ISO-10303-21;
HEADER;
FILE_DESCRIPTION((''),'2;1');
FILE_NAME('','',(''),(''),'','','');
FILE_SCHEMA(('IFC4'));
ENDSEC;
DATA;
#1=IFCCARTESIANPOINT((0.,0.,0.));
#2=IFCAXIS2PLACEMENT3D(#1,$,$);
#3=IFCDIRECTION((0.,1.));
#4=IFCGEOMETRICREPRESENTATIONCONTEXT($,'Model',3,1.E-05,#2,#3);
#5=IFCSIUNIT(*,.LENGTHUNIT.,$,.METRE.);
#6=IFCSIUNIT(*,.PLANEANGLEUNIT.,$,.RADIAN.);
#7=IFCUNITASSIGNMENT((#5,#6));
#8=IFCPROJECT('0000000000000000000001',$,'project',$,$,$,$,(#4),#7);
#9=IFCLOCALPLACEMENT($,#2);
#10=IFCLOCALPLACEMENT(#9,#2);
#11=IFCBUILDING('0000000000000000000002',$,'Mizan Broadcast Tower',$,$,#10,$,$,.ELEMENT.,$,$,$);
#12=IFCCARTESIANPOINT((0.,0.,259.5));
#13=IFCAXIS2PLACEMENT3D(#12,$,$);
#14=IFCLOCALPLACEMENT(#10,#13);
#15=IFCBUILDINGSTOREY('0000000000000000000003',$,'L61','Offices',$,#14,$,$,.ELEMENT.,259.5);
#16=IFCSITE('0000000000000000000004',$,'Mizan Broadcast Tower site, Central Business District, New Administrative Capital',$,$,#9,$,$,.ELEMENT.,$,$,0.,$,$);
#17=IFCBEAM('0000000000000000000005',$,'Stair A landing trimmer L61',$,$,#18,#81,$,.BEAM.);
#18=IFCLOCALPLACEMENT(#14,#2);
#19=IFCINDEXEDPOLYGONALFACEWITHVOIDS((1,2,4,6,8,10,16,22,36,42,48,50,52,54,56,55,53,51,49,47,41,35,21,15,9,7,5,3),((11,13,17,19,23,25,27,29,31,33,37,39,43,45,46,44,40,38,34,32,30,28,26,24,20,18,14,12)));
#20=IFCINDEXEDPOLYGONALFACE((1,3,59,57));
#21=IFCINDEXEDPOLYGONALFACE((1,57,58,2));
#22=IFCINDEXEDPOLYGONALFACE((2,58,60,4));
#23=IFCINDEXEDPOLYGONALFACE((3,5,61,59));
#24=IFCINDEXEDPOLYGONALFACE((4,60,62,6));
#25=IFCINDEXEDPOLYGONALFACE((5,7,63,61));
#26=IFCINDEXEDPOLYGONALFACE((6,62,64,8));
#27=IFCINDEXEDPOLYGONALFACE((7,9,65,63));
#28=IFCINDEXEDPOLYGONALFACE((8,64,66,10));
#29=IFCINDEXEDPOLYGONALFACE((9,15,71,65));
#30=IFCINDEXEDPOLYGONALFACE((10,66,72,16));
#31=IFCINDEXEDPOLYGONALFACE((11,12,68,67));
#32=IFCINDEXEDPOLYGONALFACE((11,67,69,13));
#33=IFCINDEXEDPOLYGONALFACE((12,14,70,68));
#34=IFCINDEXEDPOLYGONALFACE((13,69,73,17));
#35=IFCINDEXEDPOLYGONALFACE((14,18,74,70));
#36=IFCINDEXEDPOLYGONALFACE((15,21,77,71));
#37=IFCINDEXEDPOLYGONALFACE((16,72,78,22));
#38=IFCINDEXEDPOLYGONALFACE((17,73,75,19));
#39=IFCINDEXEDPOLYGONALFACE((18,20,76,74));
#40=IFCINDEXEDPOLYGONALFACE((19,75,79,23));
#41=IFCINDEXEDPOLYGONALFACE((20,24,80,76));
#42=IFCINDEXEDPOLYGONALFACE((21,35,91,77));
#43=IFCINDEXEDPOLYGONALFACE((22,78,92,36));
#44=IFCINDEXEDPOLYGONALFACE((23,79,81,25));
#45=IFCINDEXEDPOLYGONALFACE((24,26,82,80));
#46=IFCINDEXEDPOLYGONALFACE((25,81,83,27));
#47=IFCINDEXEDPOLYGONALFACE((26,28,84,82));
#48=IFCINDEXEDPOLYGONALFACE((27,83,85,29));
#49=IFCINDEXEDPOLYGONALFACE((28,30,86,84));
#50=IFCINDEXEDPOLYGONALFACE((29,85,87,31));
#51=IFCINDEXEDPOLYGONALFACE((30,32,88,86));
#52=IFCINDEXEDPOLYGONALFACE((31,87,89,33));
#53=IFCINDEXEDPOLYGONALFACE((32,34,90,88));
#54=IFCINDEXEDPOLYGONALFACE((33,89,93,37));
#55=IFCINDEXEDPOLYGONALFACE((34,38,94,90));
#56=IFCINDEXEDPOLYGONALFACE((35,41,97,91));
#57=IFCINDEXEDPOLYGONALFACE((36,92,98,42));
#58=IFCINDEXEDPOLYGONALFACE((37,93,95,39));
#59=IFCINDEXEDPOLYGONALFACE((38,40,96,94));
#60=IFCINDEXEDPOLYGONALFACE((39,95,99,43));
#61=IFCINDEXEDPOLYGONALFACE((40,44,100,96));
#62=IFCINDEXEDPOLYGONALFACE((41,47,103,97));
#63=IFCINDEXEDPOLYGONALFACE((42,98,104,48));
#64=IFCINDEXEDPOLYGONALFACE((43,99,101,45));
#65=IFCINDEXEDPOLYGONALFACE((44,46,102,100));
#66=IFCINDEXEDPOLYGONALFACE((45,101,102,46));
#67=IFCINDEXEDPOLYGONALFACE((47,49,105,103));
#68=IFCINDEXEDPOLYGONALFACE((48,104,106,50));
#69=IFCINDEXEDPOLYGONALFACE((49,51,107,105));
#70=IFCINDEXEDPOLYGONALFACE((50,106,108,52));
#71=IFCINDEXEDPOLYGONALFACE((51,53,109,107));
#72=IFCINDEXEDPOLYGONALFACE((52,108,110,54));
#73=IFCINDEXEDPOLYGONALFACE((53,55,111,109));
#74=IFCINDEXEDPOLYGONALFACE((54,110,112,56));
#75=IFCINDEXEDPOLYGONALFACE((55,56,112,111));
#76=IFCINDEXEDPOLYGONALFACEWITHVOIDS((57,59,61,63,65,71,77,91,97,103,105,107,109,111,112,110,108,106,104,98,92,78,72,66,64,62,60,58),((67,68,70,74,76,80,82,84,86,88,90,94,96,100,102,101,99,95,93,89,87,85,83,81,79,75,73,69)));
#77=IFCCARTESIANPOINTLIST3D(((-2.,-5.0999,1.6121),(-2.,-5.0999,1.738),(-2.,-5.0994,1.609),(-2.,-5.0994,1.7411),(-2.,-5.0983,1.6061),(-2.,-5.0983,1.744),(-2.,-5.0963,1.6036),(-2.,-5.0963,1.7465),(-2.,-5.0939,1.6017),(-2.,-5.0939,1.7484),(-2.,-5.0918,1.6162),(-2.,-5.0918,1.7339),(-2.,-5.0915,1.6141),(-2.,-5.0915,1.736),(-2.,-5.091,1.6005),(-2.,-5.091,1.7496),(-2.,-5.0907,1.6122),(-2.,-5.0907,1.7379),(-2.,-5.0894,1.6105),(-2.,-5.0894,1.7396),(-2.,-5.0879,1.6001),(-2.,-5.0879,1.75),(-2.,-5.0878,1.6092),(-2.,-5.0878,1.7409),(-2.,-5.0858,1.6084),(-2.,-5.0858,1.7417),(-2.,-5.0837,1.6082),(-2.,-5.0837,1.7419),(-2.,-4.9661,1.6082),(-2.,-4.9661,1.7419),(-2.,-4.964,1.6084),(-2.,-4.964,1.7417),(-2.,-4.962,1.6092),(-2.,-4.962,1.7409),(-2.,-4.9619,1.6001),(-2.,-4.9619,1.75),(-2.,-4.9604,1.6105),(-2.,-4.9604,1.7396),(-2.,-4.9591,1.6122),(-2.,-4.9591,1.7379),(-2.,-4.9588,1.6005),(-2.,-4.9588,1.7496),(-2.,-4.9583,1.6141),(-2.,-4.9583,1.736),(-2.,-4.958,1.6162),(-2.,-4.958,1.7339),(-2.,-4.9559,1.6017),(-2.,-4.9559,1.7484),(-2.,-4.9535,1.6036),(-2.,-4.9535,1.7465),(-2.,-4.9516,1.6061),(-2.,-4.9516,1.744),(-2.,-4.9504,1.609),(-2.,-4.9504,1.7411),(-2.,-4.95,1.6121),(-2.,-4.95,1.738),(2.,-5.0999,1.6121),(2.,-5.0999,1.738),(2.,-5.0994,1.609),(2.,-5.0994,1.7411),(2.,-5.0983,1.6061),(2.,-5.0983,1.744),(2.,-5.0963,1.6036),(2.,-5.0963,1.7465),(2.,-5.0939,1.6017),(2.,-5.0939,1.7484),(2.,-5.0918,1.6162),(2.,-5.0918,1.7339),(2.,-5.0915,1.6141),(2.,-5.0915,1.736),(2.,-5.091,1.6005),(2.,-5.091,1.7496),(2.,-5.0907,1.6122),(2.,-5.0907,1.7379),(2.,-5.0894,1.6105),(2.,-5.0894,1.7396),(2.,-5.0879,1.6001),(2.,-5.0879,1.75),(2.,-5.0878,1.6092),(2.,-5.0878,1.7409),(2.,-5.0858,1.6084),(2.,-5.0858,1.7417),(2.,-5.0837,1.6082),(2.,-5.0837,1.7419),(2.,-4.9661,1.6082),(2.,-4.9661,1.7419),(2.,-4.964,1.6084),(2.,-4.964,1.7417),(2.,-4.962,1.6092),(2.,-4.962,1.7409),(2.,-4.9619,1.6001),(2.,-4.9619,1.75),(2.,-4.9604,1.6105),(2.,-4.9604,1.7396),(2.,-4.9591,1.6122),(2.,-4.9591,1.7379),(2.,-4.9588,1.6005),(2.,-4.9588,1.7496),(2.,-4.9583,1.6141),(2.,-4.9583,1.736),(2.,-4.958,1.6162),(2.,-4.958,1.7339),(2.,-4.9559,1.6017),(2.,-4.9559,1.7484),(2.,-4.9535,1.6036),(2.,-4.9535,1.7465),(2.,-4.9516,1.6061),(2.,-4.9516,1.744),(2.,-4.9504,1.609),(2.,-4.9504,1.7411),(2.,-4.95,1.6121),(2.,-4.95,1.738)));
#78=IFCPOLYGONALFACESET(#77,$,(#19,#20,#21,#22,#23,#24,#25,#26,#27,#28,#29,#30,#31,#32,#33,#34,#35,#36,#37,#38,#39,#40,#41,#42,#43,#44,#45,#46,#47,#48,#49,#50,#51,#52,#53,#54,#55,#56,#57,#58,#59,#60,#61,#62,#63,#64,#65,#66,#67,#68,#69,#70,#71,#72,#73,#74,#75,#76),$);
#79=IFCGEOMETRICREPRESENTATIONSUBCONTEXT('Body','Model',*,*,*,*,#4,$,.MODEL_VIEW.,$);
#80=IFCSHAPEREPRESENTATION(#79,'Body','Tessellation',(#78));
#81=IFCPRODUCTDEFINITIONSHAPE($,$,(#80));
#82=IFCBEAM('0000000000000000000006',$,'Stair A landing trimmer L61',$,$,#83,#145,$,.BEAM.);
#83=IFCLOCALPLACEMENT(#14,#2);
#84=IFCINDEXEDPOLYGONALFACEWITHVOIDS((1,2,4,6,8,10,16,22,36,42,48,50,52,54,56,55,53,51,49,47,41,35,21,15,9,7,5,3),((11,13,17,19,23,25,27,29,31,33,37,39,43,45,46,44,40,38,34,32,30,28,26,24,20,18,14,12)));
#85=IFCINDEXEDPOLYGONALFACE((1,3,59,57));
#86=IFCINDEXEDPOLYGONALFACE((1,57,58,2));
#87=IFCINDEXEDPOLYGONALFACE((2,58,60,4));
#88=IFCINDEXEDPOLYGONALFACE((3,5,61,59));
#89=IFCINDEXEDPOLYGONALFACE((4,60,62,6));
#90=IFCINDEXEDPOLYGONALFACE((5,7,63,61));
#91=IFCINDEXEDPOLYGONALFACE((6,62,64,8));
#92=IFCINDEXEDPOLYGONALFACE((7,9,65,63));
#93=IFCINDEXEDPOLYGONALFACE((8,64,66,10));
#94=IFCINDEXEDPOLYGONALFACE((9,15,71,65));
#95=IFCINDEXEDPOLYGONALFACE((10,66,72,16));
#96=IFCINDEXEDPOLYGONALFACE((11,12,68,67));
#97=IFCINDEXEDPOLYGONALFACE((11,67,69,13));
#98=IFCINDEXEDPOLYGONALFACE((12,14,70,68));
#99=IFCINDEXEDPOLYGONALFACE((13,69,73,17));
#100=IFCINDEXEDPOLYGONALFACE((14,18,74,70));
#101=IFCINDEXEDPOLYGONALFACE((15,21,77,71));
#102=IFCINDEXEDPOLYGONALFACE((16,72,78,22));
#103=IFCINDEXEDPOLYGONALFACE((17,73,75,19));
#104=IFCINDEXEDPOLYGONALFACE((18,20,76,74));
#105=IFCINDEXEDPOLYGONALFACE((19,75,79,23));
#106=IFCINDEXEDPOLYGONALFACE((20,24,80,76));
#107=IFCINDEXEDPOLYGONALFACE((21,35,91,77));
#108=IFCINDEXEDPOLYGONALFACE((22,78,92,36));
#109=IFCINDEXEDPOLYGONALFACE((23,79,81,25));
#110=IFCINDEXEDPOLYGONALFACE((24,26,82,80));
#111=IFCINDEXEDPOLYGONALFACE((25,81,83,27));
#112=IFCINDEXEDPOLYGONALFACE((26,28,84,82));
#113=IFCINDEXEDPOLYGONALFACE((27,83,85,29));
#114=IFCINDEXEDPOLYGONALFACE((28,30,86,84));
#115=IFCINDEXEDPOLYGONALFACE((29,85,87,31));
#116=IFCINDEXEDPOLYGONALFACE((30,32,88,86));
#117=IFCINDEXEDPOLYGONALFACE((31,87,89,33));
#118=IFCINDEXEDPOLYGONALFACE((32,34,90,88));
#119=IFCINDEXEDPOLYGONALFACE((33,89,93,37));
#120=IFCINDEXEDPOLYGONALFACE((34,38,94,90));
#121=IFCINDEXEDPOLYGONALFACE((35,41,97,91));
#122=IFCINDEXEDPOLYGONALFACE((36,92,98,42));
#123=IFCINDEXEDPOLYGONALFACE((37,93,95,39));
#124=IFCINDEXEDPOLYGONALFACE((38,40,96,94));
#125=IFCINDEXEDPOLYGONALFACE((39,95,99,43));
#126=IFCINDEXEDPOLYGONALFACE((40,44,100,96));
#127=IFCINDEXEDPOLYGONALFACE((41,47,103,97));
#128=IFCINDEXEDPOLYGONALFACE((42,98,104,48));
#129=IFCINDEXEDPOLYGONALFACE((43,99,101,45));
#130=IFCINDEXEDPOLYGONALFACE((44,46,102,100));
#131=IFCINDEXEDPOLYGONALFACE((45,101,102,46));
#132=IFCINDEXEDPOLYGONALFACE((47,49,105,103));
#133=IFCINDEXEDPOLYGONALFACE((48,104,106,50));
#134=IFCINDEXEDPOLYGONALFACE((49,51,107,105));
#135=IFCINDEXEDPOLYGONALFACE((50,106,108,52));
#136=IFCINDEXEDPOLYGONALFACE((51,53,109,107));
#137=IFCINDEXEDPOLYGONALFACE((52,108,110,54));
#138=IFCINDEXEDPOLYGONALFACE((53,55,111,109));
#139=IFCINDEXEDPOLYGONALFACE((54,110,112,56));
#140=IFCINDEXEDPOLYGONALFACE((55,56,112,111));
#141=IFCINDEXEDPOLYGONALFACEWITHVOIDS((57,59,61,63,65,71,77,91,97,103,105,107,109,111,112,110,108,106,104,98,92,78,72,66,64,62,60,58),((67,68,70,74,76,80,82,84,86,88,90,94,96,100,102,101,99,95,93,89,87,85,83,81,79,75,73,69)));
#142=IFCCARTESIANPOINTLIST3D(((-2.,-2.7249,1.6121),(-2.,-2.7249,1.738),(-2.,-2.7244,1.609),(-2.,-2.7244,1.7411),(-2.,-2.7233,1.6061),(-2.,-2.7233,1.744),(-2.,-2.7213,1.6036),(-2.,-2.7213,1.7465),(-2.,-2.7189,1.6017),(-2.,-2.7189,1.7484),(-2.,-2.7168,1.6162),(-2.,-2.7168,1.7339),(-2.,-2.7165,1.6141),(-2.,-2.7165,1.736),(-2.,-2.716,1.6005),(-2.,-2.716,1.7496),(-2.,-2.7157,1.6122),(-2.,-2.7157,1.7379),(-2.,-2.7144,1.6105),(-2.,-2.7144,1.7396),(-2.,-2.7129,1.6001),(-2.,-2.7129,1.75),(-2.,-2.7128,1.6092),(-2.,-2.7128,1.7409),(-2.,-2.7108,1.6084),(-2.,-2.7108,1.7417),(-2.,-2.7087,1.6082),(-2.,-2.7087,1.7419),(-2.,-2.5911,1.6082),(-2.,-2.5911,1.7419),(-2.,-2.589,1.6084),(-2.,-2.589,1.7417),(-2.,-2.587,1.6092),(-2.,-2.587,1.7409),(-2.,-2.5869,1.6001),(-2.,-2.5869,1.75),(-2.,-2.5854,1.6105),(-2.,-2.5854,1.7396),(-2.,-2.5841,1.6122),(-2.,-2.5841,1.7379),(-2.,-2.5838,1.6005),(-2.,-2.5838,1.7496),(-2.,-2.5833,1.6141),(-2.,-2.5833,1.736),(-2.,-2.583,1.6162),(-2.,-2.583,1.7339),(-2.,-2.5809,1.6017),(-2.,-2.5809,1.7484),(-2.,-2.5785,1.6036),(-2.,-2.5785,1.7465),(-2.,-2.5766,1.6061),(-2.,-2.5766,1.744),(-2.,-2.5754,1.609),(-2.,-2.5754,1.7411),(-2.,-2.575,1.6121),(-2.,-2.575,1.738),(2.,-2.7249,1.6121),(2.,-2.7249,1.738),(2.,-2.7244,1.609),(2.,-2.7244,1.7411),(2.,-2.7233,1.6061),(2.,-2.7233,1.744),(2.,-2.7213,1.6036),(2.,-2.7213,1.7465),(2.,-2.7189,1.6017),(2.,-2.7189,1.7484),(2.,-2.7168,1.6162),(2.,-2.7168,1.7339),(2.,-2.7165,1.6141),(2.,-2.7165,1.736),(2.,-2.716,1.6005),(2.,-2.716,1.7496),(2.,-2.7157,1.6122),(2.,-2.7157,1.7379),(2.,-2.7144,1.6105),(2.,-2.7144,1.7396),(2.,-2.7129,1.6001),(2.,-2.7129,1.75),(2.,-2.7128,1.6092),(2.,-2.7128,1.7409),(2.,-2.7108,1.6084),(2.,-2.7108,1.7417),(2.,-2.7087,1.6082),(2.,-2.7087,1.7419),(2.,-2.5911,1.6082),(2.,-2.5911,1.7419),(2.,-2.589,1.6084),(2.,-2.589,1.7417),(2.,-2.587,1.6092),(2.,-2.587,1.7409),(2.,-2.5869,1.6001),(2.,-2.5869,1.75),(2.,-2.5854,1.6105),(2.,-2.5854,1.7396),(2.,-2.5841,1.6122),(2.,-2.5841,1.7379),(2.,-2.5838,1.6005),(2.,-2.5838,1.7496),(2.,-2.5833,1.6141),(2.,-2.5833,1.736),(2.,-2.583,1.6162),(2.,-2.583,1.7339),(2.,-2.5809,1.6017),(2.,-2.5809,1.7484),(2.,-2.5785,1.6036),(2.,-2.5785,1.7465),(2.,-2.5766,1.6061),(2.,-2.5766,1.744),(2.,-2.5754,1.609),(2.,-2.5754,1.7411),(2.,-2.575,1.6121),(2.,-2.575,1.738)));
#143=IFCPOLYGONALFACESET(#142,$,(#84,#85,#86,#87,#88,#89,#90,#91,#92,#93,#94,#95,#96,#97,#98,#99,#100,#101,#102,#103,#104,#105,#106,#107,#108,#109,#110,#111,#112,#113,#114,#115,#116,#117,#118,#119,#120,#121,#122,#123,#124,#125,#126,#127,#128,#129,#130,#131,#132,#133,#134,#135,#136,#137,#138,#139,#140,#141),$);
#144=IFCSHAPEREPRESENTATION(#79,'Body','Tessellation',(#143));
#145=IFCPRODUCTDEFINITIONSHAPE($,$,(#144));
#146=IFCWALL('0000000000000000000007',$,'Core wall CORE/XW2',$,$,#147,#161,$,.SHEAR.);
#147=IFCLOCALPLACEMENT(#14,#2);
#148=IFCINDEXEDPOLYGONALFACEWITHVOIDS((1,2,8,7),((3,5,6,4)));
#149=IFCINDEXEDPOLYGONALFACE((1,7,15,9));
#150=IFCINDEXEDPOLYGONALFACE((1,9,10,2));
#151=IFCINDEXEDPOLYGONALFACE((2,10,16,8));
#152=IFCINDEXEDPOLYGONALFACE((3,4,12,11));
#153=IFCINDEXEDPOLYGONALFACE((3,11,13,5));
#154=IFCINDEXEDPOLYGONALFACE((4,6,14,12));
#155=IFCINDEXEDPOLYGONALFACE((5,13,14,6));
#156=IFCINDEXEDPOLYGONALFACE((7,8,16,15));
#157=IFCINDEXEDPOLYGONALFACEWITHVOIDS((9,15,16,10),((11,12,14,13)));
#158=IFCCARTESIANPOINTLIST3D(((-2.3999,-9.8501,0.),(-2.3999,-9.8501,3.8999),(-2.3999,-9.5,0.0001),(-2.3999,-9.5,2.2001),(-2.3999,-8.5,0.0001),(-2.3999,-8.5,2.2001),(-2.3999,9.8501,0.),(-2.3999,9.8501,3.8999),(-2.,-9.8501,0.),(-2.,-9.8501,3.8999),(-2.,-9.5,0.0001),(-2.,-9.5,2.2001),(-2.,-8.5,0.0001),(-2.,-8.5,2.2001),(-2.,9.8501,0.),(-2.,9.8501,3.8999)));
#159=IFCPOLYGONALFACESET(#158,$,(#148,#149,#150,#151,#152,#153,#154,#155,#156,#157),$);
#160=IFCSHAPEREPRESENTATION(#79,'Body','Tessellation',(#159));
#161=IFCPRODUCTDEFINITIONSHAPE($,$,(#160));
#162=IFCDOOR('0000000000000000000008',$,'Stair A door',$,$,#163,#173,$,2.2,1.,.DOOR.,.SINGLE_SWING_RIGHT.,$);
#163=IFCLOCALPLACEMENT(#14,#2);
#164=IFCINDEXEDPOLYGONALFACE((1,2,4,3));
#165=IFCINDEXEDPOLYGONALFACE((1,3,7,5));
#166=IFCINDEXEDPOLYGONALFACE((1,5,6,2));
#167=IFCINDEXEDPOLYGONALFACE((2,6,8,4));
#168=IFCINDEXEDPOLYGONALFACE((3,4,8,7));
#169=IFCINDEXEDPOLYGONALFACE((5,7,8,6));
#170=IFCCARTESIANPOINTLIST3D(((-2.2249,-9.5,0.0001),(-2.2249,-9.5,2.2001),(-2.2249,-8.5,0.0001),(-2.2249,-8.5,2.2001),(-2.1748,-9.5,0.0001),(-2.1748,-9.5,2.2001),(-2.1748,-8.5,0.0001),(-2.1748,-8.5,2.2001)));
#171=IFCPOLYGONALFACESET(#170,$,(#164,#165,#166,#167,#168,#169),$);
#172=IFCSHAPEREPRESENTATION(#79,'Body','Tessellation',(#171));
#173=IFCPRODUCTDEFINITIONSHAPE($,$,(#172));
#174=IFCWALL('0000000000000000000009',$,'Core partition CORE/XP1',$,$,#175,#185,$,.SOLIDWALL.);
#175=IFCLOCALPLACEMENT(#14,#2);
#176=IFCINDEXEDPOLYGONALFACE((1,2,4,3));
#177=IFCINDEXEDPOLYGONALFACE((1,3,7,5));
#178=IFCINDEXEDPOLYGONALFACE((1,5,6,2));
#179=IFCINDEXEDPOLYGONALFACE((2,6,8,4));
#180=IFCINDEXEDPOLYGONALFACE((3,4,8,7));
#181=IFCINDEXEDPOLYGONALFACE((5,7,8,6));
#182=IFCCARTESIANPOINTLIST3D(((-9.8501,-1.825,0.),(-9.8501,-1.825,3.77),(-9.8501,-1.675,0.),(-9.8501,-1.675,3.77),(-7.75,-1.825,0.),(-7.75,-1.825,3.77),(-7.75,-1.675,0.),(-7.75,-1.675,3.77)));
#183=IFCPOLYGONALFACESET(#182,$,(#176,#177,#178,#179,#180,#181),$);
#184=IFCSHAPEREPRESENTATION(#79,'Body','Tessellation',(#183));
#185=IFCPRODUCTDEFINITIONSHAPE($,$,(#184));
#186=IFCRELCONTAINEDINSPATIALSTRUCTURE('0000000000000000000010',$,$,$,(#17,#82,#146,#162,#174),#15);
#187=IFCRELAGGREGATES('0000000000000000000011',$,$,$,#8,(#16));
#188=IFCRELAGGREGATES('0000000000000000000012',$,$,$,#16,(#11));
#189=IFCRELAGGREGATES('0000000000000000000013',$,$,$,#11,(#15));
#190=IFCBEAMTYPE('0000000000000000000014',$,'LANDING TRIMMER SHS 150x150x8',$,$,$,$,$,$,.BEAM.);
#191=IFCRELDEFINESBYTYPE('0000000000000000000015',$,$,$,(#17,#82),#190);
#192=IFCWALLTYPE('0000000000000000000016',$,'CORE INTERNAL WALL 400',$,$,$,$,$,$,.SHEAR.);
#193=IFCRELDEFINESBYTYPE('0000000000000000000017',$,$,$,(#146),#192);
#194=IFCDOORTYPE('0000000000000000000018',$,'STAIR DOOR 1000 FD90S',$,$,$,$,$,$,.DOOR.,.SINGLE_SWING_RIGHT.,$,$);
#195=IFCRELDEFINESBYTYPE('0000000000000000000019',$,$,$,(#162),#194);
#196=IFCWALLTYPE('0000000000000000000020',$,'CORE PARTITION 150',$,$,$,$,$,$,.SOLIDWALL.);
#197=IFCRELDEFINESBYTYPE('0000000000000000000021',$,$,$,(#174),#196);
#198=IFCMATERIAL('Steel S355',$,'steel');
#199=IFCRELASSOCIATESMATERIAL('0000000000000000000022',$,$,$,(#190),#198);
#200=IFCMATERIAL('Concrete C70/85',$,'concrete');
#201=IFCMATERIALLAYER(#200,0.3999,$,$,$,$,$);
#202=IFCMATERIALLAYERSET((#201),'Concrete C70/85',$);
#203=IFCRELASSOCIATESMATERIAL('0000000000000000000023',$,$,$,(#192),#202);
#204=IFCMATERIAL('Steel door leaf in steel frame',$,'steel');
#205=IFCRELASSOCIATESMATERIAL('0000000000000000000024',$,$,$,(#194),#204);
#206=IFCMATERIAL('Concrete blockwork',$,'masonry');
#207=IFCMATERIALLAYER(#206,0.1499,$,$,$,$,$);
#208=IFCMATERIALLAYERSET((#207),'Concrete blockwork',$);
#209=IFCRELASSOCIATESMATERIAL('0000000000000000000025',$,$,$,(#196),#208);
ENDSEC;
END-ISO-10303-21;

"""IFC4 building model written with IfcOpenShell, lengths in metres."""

from ifc_helpers import new_model, si_unit, direction, frame, frame_2d, origin, origin_2d, place, context, subcontext, project, spatial, rectangle, hollow_rectangle, extrude, material, layer, layer_set, material_profile, profile_set, type_object, element, fill, save


model = new_model("IFC4")

# Units and contexts
model_context = context("Model", 3, precision=1e-05, world=origin(), true_north=direction((0.0, 1.0)))
body_context = subcontext(model_context, "Body", "Model", "MODEL_VIEW")
ifc_project = project(units=[si_unit("LENGTHUNIT", "METRE"), si_unit("PLANEANGLEUNIT", "RADIAN")], contexts=[model_context])

# Site, building, storey
site_placement = place(None, origin())
site = spatial("IfcSite", under=ifc_project, at=site_placement, Name="Mizan Broadcast Tower site, Central Business District, New Administrative Capital", CompositionType="ELEMENT", RefElevation=0.0)
building_placement = place(site_placement, origin())
building = spatial("IfcBuilding", under=site, at=building_placement, Name="Mizan Broadcast Tower", CompositionType="ELEMENT")
storey_placement = place(building_placement, frame((0.0, 0.0, 259.5)))
storey = spatial("IfcBuildingStorey", under=building, at=storey_placement, Name="L61", Description="Offices", CompositionType="ELEMENT", Elevation=259.5)

# Beams
ifc_material_1 = material(Name="Steel S355", Category="steel")
ifc_material_profile = material_profile(ifc_material_1, hollow_rectangle(XDim=0.1499, YDim=0.1499, WallThickness=0.0081, InnerFilletRadius=0.0081, OuterFilletRadius=0.012, at=origin_2d()), Name="SHS 150x150x8")
ifc_profile_set = profile_set([ifc_material_profile], Name="Steel S355")
beam_type = type_object("IfcBeamType", Name="LANDING TRIMMER SHS 150x150x8", PredefinedType="BEAM", material=ifc_profile_set)
for number, where, z_axis, x_axis, name in (
    (1, (-2.0, -5.0249, 1.675), (1.0, 0.0, 0.0), (0.0, 1.0, 0.0), "Stair A landing trimmer L61"),
    (2, (-2.0, -2.6499, 1.675), (1.0, 0.0, 0.0), (0.0, 1.0, 0.0), "Stair A landing trimmer L61"),
):
    element("IfcBeam", number, at=place(storey_placement, frame(where, z_axis=z_axis, x_axis=x_axis)), inside=storey, type_object=beam_type, Name=name, PredefinedType="BEAM", context=body_context, shape_type="SweptSolid", body=[
        extrude(hollow_rectangle(XDim=0.1499, YDim=0.1499, WallThickness=0.0081, InnerFilletRadius=0.0081, OuterFilletRadius=0.012, at=origin_2d()), origin(), (0.0, 0.0, 1.0), 4.0),
    ])

# Wall, opening, door
ifc_material_2 = material(Name="Concrete C70/85", Category="concrete")
ifc_layer_1 = layer(ifc_material_2, 0.3999)
ifc_layer_set_1 = layer_set([ifc_layer_1], Name="Concrete C70/85")
wall_type_1 = type_object("IfcWallType", Name="CORE INTERNAL WALL 400", PredefinedType="SHEAR", material=ifc_layer_set_1)
wall_1_placement = place(storey_placement, frame((-2.2, -9.8501, 0.0), z_axis=(0.0, 0.0, 1.0), x_axis=(0.0, 1.0, 0.0)))
wall_1 = element("IfcWall", 3, at=wall_1_placement, inside=storey, type_object=wall_type_1, Name="Core wall CORE/XW2", PredefinedType="SHEAR", context=body_context, shape_type="SweptSolid", body=[
    extrude(rectangle(XDim=19.7002, YDim=0.3999, at=frame_2d((9.8501, 0.0))), origin(), (0.0, 0.0, 1.0), 3.8999),
])
opening_1_placement = place(wall_1_placement, frame((0.3501, 0.0, 0.0)))
opening_1 = element("IfcOpeningElement", 4, at=opening_1_placement, cuts=wall_1, PredefinedType="OPENING", context=body_context, shape_type="SweptSolid", body=[
    extrude(rectangle(XDim=1.0, YDim=2.2, at=frame_2d((0.5, 1.1001))), frame((0.0, 0.21, 0.0), z_axis=(0.0, -1.0, 0.0), x_axis=(1.0, 0.0, 0.0)), (0.0, 0.0, 1.0), 0.4199),
])
ifc_material_3 = material(Name="Steel door leaf in steel frame", Category="steel")
door_type_1 = type_object("IfcDoorType", Name="STAIR DOOR 1000 FD90S", OperationType="SINGLE_SWING_RIGHT", PredefinedType="DOOR", material=ifc_material_3)
door_1_placement = place(opening_1_placement, origin())
door_1 = element("IfcDoor", 5, at=door_1_placement, inside=storey, type_object=door_type_1, Name="Stair A door", OperationType="SINGLE_SWING_RIGHT", OverallHeight=2.2, OverallWidth=1.0, PredefinedType="DOOR", context=body_context, shape_type="SweptSolid", body=[
    extrude(rectangle(XDim=1.0, YDim=2.2, at=frame_2d((0.5, 1.1001))), frame((0.0, 0.0249, 0.0), z_axis=(0.0, -1.0, 0.0), x_axis=(1.0, 0.0, 0.0)), (0.0, 0.0, 1.0), 0.05),
])
fill(opening_1, door_1)

# Wall
ifc_material_4 = material(Name="Concrete blockwork", Category="masonry")
ifc_layer_2 = layer(ifc_material_4, 0.1499)
ifc_layer_set_2 = layer_set([ifc_layer_2], Name="Concrete blockwork")
wall_type_2 = type_object("IfcWallType", Name="CORE PARTITION 150", PredefinedType="SOLIDWALL", material=ifc_layer_set_2)
wall_2_placement = place(storey_placement, frame((-9.8501, -1.75, 0.0), z_axis=(0.0, 0.0, 1.0), x_axis=(1.0, 0.0, 0.0)))
element("IfcWall", 6, at=wall_2_placement, inside=storey, type_object=wall_type_2, Name="Core partition CORE/XP1", PredefinedType="SOLIDWALL", context=body_context, shape_type="SweptSolid", body=[
    extrude(rectangle(XDim=2.1001, YDim=0.1499, at=frame_2d((1.05, 0.0))), origin(), (0.0, 0.0, 1.0), 3.77),
])

save(model, "model.ifc")
